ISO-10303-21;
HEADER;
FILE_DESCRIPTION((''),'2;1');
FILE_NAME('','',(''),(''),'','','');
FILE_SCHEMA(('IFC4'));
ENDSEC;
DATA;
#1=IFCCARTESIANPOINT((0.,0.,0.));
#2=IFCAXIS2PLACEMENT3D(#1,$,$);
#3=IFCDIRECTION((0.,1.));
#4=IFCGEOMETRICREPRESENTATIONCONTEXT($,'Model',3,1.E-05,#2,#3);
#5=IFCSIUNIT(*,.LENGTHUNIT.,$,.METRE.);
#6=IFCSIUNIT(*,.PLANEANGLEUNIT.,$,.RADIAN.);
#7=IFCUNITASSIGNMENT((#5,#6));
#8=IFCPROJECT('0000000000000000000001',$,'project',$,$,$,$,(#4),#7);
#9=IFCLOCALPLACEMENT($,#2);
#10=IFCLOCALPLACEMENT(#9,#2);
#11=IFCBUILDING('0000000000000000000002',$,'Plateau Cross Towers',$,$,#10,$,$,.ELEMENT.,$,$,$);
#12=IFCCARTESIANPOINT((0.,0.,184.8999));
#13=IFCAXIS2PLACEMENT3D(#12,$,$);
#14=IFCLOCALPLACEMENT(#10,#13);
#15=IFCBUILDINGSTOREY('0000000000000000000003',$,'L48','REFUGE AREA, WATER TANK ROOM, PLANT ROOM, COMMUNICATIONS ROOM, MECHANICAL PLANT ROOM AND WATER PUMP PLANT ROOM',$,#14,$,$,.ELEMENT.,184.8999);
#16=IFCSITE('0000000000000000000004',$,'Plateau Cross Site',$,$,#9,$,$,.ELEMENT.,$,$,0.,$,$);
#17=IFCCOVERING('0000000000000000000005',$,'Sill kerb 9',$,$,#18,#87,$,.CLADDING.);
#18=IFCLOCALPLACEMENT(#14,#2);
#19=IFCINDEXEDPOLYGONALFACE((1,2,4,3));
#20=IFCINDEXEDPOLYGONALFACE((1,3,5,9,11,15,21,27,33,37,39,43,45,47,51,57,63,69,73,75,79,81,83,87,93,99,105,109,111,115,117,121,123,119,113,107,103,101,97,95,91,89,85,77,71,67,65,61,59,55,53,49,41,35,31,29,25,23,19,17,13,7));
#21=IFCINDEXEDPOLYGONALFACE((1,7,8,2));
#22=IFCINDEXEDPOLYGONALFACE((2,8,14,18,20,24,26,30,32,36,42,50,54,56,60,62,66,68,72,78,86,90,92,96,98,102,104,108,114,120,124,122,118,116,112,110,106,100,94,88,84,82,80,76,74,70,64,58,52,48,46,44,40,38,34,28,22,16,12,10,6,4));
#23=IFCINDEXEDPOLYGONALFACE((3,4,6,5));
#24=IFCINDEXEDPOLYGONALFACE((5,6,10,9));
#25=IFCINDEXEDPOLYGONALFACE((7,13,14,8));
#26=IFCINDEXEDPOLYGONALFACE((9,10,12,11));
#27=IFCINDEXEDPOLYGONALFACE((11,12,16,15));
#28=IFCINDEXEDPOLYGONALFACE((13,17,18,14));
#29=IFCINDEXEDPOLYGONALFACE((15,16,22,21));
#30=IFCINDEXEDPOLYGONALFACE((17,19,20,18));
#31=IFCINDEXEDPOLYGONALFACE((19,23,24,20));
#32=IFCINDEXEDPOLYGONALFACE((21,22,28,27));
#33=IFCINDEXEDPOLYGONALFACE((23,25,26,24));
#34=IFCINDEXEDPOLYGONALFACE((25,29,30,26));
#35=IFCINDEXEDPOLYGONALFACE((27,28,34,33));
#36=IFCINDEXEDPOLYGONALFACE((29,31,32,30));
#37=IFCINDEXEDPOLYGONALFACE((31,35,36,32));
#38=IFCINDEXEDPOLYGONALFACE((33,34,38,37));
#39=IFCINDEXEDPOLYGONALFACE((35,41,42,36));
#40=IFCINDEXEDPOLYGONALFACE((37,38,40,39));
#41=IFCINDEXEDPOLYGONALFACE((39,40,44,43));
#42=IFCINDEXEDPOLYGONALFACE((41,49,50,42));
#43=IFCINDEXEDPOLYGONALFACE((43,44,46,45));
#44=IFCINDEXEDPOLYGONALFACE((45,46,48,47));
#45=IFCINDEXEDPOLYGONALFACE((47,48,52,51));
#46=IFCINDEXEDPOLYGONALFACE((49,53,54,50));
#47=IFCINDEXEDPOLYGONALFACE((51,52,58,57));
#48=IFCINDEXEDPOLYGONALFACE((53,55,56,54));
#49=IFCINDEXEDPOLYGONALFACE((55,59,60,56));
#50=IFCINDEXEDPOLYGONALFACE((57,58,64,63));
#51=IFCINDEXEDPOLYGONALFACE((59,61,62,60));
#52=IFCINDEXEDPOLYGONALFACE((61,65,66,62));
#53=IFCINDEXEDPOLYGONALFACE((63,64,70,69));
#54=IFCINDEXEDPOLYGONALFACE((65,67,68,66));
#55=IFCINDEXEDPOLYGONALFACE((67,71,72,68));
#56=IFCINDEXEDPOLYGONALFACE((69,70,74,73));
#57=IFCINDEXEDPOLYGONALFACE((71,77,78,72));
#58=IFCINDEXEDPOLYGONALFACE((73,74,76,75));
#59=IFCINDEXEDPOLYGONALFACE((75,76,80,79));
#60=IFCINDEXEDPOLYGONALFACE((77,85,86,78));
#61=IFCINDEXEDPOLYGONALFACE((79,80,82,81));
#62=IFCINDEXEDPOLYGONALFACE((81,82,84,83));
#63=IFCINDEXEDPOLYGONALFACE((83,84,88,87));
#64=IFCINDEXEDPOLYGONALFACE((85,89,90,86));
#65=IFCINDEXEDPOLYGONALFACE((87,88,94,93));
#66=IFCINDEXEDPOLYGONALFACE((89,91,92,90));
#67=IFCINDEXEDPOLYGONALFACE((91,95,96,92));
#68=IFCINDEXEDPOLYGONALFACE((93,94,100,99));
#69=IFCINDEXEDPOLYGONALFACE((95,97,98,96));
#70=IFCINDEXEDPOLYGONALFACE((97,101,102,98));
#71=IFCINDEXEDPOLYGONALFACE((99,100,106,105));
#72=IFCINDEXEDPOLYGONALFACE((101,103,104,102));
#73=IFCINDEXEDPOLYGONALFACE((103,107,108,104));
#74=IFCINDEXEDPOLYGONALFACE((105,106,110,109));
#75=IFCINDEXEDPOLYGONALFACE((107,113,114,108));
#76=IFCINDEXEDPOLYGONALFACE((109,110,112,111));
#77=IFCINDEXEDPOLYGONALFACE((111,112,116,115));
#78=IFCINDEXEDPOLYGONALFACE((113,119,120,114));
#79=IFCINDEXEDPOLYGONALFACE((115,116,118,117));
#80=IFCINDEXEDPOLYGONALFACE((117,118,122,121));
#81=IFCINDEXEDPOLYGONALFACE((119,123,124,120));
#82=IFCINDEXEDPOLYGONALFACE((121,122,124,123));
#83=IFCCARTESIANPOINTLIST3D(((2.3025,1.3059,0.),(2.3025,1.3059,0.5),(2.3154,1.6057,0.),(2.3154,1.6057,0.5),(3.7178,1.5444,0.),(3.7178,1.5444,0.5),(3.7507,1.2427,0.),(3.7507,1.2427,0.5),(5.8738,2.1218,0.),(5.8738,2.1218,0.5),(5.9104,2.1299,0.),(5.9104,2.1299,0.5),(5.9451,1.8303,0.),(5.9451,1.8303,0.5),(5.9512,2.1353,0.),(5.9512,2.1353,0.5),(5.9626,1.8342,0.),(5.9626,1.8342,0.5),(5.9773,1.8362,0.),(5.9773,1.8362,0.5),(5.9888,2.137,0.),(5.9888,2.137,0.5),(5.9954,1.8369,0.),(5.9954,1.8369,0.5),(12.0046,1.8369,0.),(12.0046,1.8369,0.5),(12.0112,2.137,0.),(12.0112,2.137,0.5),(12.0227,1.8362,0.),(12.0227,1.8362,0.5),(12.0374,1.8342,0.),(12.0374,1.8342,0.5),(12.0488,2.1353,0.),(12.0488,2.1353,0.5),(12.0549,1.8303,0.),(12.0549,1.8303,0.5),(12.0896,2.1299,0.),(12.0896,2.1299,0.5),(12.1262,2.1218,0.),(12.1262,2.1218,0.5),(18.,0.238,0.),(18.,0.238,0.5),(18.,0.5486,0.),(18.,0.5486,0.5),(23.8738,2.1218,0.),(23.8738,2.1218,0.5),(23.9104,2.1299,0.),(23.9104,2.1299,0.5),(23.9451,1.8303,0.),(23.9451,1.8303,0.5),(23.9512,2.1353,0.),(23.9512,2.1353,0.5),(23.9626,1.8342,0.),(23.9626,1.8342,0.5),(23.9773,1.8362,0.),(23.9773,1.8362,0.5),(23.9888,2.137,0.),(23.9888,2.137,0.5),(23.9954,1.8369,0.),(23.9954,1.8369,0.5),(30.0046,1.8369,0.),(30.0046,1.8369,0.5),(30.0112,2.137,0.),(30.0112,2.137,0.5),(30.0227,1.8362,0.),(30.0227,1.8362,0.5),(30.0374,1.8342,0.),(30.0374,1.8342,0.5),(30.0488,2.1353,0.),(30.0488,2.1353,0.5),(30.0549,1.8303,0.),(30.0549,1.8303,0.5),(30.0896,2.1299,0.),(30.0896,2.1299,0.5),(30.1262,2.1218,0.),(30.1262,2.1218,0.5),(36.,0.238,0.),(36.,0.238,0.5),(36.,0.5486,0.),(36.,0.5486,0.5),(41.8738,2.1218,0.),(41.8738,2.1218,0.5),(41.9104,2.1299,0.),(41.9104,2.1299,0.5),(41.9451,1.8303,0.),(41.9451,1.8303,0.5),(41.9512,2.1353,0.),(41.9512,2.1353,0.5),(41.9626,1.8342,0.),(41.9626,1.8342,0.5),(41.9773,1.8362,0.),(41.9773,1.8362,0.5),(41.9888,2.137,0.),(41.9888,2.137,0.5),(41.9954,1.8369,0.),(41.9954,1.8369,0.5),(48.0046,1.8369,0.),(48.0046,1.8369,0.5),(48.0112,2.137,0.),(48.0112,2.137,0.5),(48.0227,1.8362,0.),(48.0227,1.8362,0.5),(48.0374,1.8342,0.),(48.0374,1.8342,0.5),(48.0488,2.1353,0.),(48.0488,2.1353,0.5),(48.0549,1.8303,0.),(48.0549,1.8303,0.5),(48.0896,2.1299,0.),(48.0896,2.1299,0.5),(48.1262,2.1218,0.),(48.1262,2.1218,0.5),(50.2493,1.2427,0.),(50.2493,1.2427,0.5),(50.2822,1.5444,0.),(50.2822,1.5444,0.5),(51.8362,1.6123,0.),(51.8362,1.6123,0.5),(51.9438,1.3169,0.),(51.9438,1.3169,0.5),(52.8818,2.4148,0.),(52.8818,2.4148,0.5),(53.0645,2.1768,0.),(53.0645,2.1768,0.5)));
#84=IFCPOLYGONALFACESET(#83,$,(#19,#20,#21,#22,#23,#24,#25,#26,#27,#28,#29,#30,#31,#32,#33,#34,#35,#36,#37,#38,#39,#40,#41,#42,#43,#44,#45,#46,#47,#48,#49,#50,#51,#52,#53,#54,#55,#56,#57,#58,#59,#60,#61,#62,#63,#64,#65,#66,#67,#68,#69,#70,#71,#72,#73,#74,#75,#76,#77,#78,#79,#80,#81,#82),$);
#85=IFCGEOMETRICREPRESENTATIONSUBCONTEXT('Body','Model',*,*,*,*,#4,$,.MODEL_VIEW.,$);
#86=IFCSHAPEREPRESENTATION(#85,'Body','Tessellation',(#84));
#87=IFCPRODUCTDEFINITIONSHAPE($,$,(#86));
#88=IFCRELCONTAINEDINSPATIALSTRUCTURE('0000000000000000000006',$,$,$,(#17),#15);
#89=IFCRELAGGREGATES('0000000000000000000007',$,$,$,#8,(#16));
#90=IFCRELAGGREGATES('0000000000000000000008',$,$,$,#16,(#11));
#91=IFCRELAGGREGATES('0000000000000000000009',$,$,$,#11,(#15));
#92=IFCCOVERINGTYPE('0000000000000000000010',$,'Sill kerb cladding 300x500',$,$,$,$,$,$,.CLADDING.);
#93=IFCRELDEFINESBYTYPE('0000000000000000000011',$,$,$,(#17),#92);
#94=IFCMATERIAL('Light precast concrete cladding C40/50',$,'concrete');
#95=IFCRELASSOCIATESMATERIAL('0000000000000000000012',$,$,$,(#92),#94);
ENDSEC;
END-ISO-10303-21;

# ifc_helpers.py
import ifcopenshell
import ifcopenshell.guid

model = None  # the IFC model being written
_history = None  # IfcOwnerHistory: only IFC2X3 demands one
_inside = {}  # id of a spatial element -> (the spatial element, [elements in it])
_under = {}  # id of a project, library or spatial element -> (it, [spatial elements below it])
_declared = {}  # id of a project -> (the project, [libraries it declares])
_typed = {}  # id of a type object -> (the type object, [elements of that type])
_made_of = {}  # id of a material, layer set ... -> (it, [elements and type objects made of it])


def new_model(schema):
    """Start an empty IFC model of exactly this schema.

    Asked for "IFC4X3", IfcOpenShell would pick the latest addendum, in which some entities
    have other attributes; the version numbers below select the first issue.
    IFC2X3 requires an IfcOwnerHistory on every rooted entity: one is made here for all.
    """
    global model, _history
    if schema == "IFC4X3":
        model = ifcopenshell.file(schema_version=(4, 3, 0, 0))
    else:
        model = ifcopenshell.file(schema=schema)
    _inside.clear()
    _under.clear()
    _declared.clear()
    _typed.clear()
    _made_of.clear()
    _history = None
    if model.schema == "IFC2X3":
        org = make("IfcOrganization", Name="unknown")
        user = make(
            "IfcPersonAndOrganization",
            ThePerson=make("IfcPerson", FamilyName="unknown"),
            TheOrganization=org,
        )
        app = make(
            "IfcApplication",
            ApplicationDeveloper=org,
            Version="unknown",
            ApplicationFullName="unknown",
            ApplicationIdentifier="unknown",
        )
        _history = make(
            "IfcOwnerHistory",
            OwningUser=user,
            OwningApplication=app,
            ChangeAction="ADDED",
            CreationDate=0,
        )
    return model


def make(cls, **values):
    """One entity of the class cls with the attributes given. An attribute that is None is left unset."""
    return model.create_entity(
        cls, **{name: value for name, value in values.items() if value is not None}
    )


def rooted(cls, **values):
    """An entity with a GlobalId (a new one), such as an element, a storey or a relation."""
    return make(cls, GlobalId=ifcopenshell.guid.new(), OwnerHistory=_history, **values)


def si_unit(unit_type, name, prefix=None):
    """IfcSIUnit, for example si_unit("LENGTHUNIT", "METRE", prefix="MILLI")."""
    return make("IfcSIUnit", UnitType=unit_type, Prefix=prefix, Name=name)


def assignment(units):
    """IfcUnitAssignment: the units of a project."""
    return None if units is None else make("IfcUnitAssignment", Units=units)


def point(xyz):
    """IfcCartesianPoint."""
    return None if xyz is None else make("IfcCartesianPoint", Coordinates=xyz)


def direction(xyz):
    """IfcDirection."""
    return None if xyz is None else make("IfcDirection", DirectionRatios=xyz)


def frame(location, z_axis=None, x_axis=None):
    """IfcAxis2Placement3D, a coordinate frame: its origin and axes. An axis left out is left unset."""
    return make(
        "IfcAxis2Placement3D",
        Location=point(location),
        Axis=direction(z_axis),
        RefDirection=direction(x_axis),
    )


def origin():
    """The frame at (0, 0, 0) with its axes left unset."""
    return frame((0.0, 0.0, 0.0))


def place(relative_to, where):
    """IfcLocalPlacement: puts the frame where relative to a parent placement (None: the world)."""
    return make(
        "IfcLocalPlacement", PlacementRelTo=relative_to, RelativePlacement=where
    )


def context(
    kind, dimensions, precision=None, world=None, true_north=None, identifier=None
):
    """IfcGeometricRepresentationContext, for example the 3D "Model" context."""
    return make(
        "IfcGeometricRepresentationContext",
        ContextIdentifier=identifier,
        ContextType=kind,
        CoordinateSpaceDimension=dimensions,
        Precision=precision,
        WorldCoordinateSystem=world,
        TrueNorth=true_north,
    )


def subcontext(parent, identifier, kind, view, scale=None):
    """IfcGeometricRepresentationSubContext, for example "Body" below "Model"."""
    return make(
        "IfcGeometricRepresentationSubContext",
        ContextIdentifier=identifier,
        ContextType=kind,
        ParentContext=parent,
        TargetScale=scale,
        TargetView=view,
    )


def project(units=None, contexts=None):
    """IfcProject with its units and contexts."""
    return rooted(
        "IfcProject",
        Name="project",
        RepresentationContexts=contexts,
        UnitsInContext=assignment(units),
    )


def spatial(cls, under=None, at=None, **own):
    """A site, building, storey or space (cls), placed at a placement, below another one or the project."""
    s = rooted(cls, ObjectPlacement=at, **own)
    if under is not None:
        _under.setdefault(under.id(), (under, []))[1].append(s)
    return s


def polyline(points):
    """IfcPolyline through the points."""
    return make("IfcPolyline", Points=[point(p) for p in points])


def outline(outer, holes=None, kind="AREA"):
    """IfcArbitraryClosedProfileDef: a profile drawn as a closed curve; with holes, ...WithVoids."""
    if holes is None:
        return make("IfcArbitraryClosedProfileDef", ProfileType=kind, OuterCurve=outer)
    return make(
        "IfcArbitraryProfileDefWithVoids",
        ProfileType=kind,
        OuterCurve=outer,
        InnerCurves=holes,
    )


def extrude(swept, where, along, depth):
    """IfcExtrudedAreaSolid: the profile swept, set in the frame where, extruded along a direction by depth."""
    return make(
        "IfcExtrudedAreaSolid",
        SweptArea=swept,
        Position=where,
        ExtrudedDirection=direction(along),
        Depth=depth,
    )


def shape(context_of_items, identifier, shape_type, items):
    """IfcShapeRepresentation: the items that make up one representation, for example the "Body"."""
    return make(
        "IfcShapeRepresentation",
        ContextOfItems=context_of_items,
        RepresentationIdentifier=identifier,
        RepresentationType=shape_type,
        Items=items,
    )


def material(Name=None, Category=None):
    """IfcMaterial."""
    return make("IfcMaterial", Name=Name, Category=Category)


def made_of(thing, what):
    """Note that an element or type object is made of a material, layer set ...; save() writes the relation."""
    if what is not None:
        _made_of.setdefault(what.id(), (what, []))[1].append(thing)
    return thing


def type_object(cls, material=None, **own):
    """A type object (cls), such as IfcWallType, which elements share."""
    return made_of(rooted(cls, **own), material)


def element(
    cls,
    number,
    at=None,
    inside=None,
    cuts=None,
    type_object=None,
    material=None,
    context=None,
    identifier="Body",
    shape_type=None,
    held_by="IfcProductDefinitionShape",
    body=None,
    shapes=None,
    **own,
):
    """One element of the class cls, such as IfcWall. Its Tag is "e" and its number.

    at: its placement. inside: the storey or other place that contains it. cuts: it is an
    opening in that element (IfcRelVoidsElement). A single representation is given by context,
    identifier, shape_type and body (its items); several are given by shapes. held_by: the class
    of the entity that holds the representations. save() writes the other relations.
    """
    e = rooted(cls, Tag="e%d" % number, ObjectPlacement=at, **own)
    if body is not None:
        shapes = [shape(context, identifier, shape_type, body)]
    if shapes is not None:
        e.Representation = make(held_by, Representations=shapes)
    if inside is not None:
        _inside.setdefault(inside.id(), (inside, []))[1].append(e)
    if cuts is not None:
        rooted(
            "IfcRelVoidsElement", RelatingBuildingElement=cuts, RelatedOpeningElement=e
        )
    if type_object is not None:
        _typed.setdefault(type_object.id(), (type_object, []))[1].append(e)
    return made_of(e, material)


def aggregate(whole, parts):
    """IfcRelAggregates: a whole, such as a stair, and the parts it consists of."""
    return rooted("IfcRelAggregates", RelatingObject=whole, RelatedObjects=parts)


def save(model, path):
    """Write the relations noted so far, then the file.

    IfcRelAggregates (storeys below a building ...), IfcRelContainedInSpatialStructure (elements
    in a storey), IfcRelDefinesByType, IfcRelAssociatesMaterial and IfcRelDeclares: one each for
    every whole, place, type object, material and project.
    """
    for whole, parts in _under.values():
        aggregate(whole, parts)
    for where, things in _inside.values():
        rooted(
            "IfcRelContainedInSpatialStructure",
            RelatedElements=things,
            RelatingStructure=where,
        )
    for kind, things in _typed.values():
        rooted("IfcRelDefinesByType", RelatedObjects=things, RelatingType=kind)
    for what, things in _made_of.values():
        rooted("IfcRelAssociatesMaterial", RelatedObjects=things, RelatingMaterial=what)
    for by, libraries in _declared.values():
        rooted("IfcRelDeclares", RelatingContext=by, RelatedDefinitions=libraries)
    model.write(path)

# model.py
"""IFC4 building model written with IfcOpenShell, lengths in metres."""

from ifc_helpers import new_model, si_unit, direction, frame, origin, place, context, subcontext, project, spatial, polyline, outline, extrude, material, type_object, element, save


model = new_model("IFC4")

# Units and contexts
model_context = context("Model", 3, precision=1e-05, world=origin(), true_north=direction((0.0, 1.0)))
body_context = subcontext(model_context, "Body", "Model", "MODEL_VIEW")
ifc_project = project(units=[si_unit("LENGTHUNIT", "METRE"), si_unit("PLANEANGLEUNIT", "RADIAN")], contexts=[model_context])

# Site, building, storey
site_placement = place(None, origin())
site = spatial("IfcSite", under=ifc_project, at=site_placement, Name="Plateau Cross Site", CompositionType="ELEMENT", RefElevation=0.0)
building_placement = place(site_placement, origin())
building = spatial("IfcBuilding", under=site, at=building_placement, Name="Plateau Cross Towers", CompositionType="ELEMENT")
storey_placement = place(building_placement, frame((0.0, 0.0, 184.8999)))
storey = spatial("IfcBuildingStorey", under=building, at=storey_placement, Name="L48", Description="REFUGE AREA, WATER TANK ROOM, PLANT ROOM, COMMUNICATIONS ROOM, MECHANICAL PLANT ROOM AND WATER PUMP PLANT ROOM", CompositionType="ELEMENT", Elevation=184.8999)

# Covering
ifc_material_1 = material(Name="Light precast concrete cladding C40/50", Category="concrete")
covering_type_1 = type_object("IfcCoveringType", Name="Sill kerb cladding 300x500", PredefinedType="CLADDING", material=ifc_material_1)
covering_1_placement = place(storey_placement, origin())
element("IfcCovering", 1, at=covering_1_placement, inside=storey, type_object=covering_type_1, Name="Sill kerb 9", PredefinedType="CLADDING", context=body_context, shape_type="SweptSolid", body=[
    extrude(outline(polyline([(3.7178, 1.5444), (5.8738, 2.1218), (5.9104, 2.1299), (5.9512, 2.1353), (5.9888, 2.137), (12.0112, 2.137), (12.0488, 2.1353), (12.0896, 2.1299), (12.1262, 2.1218), (18.0, 0.5486), (23.8738, 2.1218), (23.9104, 2.1299), (23.9512, 2.1353), (23.9888, 2.137), (30.0112, 2.137), (30.0488, 2.1353), (30.0896, 2.1299), (30.1262, 2.1218), (36.0, 0.5486), (41.8738, 2.1218), (41.9104, 2.1299), (41.9512, 2.1353), (41.9888, 2.137), (48.0112, 2.137), (48.0488, 2.1353), (48.0896, 2.1299), (48.1262, 2.1218), (50.2822, 1.5444), (51.8362, 1.6123), (52.8818, 2.4148), (53.0645, 2.1768), (51.9438, 1.3169), (50.2493, 1.2427), (48.0549, 1.8303), (48.0374, 1.8342), (48.0227, 1.8362), (48.0046, 1.8369), (41.9954, 1.8369), (41.9773, 1.8362), (41.9626, 1.8342), (41.9451, 1.8303), (36.0, 0.238), (30.0549, 1.8303), (30.0374, 1.8342), (30.0227, 1.8362), (30.0046, 1.8369), (23.9954, 1.8369), (23.9773, 1.8362), (23.9626, 1.8342), (23.9451, 1.8303), (18.0, 0.238), (12.0549, 1.8303), (12.0374, 1.8342), (12.0227, 1.8362), (12.0046, 1.8369), (5.9954, 1.8369), (5.9773, 1.8362), (5.9626, 1.8342), (5.9451, 1.8303), (3.7507, 1.2427), (2.3025, 1.3059), (2.3154, 1.6057), (3.7178, 1.5444)])), origin(), (0.0, 0.0, 1.0), 0.5),
])

save(model, "model.ifc")
